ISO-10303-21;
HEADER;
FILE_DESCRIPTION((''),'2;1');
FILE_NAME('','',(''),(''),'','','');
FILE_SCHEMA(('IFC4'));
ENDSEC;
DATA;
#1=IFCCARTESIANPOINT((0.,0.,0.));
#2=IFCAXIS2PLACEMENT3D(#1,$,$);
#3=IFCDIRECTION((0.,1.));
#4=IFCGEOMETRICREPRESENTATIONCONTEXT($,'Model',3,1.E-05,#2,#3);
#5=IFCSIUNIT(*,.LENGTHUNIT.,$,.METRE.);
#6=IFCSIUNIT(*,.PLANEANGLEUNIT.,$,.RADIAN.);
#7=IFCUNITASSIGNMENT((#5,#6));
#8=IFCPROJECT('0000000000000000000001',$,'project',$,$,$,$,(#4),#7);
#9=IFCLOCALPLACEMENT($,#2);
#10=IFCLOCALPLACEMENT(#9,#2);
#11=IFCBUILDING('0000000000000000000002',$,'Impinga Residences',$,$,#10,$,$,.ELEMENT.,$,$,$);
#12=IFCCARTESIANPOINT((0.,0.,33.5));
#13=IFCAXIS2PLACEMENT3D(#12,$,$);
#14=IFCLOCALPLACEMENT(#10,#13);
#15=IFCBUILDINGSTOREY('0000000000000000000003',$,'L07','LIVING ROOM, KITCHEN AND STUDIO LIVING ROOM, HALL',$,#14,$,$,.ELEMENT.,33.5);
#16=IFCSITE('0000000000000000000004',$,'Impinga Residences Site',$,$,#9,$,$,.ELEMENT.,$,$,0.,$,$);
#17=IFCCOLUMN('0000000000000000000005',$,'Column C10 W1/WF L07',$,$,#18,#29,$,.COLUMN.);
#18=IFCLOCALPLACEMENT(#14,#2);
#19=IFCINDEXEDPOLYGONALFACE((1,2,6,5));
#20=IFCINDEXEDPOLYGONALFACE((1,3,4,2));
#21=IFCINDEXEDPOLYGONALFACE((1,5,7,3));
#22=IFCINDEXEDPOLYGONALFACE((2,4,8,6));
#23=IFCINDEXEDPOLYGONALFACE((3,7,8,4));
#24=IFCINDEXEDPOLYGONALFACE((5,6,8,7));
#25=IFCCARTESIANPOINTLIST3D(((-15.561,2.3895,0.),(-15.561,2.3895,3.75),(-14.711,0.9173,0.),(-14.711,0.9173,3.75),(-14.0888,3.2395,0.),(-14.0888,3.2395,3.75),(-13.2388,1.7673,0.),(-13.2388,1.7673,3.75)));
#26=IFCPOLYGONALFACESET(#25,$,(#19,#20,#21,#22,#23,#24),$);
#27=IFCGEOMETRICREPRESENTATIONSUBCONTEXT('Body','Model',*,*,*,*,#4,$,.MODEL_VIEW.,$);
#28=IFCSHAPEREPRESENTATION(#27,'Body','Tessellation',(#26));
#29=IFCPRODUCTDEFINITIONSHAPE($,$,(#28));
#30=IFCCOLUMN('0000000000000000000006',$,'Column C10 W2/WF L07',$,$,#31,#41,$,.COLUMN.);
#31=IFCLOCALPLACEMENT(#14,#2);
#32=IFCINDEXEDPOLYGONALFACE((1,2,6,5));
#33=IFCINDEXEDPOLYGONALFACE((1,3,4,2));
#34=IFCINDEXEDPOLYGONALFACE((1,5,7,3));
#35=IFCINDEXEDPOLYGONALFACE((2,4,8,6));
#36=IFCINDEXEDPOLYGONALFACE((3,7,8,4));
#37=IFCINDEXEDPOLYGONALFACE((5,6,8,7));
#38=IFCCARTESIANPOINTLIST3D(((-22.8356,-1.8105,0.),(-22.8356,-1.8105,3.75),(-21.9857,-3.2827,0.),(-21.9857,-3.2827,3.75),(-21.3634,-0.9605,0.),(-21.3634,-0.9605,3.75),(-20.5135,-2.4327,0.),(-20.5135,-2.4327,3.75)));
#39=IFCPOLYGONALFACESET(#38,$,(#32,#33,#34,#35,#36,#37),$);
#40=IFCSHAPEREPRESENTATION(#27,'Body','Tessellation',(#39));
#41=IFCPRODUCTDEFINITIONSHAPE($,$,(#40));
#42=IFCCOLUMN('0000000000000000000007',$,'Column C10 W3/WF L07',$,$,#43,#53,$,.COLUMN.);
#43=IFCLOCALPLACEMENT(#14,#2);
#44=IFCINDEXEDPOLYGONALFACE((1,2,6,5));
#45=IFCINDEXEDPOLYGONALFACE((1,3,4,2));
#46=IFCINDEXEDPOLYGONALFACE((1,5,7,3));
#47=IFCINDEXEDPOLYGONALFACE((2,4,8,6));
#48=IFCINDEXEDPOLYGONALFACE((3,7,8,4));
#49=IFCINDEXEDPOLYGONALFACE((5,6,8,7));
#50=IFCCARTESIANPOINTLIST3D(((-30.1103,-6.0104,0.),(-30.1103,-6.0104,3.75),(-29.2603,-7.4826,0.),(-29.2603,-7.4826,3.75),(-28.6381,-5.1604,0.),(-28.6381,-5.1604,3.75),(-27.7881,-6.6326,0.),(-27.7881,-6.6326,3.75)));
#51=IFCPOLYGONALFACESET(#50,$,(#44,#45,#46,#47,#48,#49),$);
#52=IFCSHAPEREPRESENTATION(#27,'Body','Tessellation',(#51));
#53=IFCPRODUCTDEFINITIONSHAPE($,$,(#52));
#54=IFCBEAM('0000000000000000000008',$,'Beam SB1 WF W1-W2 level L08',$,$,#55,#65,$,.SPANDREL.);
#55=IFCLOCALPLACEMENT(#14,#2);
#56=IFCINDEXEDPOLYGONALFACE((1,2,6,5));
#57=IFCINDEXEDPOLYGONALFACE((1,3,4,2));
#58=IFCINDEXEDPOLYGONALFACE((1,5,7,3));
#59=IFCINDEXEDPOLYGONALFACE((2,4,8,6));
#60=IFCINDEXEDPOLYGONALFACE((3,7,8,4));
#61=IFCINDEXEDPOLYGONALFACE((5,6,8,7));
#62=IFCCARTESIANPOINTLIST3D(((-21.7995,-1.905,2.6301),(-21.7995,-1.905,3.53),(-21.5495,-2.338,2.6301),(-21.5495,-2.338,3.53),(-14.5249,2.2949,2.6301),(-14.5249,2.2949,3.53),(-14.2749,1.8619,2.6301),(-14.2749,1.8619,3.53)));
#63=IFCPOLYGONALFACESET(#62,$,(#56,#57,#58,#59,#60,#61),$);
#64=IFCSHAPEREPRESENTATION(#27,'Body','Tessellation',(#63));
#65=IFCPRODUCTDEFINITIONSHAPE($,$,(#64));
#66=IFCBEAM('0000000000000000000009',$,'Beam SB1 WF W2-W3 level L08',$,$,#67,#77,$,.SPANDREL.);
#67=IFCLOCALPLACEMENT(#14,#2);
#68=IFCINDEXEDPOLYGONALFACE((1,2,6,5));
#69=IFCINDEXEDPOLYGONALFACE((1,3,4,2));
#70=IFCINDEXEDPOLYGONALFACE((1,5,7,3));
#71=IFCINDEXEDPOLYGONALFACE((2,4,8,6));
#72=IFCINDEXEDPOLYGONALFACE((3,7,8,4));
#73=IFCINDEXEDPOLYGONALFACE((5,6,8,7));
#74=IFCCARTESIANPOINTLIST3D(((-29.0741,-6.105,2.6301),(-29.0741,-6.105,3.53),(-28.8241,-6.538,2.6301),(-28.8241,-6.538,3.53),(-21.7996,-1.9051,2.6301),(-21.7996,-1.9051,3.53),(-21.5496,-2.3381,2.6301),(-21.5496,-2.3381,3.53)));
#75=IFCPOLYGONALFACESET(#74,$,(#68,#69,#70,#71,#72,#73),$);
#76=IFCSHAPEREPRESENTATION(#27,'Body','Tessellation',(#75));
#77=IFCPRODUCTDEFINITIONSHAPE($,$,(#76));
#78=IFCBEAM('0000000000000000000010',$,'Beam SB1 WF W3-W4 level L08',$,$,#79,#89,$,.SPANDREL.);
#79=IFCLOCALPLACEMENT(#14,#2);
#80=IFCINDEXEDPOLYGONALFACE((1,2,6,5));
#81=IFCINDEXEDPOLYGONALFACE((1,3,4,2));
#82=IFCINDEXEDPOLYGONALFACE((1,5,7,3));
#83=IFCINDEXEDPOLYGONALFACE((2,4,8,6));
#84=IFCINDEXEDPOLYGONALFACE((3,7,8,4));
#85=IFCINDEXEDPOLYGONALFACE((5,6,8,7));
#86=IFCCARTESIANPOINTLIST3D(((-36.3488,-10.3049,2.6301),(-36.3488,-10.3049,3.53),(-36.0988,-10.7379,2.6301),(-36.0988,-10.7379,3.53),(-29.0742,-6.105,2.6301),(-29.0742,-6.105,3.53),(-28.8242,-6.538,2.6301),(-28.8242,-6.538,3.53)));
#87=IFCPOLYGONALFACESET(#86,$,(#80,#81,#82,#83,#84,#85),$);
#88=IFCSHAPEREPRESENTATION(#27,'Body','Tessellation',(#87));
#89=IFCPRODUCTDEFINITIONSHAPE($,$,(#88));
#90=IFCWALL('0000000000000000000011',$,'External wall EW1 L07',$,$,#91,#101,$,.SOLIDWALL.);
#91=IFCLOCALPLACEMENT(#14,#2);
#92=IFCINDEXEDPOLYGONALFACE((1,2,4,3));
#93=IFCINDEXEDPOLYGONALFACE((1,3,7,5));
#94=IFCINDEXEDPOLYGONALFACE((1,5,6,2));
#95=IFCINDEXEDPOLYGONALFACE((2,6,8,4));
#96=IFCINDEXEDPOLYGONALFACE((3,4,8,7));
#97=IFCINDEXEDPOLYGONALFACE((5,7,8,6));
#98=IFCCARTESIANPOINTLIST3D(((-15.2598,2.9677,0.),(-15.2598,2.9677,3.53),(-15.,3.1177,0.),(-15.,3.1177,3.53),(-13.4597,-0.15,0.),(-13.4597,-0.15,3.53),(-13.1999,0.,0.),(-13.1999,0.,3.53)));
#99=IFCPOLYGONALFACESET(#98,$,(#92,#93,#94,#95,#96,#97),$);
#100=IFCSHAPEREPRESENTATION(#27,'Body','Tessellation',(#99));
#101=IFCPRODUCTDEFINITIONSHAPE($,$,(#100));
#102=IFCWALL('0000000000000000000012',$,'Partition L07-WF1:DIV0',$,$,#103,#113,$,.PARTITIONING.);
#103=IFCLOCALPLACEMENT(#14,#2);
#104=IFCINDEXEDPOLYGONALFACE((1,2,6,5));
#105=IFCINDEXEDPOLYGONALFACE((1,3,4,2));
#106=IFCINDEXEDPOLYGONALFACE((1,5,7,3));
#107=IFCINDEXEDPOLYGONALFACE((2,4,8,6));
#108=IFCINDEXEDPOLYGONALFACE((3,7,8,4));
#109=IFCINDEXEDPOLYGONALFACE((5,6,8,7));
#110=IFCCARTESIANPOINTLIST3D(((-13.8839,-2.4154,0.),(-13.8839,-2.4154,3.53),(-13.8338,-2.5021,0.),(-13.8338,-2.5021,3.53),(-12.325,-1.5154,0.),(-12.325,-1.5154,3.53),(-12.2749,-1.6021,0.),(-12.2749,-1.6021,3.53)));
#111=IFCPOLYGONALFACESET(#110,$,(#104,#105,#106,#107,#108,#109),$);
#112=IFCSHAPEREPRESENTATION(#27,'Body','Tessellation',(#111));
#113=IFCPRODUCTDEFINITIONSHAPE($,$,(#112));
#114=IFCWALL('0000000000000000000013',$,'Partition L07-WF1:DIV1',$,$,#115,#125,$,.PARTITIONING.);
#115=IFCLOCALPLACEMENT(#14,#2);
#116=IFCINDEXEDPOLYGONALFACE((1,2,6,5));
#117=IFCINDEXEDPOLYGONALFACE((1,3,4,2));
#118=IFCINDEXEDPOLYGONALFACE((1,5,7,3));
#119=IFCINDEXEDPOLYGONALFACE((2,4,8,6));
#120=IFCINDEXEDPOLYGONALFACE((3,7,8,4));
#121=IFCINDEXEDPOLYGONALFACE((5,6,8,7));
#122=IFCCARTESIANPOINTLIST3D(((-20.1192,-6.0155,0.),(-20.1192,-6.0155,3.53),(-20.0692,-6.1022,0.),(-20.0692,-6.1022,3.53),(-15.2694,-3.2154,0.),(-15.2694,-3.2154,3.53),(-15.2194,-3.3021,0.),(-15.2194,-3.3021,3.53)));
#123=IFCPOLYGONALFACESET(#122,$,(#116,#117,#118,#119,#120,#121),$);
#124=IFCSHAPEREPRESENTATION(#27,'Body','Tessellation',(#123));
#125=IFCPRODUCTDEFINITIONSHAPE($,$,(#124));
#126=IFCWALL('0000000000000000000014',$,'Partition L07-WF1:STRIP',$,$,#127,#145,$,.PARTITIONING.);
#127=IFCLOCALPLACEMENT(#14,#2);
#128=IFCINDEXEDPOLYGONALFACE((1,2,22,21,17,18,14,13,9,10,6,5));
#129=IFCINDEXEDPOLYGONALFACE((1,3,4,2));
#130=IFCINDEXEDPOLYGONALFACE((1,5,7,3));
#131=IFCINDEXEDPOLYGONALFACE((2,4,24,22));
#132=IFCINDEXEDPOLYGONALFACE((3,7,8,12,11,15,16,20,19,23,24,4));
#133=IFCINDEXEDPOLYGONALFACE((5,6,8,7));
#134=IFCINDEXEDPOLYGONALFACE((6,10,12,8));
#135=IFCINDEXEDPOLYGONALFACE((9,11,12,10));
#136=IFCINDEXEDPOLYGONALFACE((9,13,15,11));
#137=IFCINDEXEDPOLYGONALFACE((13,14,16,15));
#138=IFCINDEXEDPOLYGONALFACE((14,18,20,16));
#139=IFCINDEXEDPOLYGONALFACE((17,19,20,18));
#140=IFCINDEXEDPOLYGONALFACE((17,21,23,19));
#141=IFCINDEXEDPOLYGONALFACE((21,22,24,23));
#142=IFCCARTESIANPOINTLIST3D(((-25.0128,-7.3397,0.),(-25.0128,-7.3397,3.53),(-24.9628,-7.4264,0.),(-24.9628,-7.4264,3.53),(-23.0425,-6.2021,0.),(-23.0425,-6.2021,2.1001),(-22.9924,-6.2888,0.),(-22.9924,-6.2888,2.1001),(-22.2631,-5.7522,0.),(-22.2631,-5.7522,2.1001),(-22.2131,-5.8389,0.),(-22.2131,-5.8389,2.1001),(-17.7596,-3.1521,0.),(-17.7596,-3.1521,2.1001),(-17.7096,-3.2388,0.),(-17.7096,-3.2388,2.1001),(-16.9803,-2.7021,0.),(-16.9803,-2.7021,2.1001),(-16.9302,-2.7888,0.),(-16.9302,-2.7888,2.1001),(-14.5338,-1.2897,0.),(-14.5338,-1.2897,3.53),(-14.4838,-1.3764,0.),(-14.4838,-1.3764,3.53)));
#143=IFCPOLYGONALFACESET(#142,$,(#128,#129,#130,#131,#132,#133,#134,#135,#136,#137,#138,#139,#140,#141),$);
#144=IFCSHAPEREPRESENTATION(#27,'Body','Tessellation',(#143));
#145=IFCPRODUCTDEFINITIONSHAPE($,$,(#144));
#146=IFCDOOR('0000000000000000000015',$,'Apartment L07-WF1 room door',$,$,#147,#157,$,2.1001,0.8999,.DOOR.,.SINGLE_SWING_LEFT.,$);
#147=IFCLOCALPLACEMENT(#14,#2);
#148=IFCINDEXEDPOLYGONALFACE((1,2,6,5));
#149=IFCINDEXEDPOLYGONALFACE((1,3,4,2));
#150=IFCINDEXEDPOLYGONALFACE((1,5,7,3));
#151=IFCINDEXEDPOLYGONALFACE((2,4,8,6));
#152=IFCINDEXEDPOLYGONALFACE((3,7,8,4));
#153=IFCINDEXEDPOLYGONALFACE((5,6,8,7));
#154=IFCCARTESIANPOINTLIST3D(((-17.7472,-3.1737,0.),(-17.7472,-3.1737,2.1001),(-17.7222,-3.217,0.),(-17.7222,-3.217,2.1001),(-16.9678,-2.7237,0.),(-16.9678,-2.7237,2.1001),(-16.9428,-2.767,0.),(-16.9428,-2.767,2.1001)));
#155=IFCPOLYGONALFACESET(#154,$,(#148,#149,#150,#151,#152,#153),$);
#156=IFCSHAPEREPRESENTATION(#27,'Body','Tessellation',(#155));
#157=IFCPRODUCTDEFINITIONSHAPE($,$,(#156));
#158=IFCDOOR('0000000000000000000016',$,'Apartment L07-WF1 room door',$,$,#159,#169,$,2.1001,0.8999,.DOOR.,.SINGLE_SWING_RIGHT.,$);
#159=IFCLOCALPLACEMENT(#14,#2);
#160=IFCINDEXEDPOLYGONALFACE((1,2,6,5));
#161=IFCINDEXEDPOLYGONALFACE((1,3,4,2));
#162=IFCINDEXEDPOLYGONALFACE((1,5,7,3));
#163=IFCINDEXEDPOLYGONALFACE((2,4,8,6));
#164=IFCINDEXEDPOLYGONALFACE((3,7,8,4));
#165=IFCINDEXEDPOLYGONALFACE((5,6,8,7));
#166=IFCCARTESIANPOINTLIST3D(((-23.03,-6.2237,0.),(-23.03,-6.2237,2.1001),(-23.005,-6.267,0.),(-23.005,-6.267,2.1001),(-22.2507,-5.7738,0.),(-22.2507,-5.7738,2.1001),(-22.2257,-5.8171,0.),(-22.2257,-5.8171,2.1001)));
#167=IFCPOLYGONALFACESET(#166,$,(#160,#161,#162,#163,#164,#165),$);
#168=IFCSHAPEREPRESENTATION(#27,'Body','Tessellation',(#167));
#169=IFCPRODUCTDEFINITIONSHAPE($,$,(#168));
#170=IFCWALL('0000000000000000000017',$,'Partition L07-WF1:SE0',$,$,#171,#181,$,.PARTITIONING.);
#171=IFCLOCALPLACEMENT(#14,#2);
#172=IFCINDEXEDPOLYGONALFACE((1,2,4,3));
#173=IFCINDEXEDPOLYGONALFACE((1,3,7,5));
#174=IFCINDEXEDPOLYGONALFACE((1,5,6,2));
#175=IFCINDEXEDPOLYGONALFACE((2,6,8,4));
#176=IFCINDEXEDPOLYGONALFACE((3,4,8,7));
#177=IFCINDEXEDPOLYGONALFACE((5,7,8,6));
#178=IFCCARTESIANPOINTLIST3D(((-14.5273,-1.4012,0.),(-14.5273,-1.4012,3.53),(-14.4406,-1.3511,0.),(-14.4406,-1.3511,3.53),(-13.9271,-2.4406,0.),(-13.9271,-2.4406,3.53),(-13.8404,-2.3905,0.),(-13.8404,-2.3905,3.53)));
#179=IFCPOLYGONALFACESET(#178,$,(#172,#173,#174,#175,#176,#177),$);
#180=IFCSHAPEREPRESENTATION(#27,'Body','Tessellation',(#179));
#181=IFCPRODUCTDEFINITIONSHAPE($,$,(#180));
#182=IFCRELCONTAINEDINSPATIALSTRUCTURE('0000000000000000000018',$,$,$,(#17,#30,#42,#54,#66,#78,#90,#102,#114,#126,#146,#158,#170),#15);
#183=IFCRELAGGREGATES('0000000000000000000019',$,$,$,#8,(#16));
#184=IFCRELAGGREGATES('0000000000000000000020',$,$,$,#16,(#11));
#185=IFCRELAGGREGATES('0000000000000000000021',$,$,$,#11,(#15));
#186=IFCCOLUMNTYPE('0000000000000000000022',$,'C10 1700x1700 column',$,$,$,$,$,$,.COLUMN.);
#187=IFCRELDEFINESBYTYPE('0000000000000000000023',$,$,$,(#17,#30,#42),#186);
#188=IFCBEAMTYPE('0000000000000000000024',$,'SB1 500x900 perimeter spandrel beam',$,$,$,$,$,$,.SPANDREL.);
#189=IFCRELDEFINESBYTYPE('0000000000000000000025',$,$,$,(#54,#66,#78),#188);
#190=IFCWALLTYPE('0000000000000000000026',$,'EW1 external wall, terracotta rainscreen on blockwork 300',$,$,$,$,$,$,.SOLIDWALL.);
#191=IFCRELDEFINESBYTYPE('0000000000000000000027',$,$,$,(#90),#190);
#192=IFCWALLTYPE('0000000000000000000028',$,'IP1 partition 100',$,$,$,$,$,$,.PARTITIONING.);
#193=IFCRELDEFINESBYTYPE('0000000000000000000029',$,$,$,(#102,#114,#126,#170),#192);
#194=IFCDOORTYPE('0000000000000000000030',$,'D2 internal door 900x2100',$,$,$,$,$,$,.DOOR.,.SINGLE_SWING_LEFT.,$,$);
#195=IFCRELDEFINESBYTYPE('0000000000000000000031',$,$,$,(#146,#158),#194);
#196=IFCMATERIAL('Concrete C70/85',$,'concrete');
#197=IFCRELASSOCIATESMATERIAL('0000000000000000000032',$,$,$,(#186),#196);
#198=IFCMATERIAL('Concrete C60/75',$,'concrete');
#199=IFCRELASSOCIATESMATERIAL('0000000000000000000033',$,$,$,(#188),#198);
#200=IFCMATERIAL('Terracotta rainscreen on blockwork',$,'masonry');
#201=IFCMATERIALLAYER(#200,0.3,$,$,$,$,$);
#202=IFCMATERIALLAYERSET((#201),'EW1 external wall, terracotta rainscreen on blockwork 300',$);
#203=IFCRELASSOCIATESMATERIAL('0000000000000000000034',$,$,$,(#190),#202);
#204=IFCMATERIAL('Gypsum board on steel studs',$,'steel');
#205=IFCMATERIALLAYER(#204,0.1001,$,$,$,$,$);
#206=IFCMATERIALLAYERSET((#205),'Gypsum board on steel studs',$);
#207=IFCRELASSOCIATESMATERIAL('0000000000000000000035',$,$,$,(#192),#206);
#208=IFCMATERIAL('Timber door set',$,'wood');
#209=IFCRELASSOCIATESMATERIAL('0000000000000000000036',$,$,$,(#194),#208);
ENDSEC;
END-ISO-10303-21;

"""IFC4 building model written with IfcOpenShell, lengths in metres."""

from ifc_helpers import new_model, si_unit, direction, frame, frame_2d, origin, origin_2d, place, context, subcontext, project, spatial, rectangle, extrude, material, layer, layer_set, material_profile, profile_set, type_object, element, fill, save


model = new_model("IFC4")

# Units and contexts
model_context = context("Model", 3, precision=1e-05, world=origin(), true_north=direction((0.0, 1.0)))
body_context = subcontext(model_context, "Body", "Model", "MODEL_VIEW")
ifc_project = project(units=[si_unit("LENGTHUNIT", "METRE"), si_unit("PLANEANGLEUNIT", "RADIAN")], contexts=[model_context])

# Site, building, storey
site_placement = place(None, origin())
site = spatial("IfcSite", under=ifc_project, at=site_placement, Name="Impinga Residences Site", CompositionType="ELEMENT", RefElevation=0.0)
building_placement = place(site_placement, origin())
building = spatial("IfcBuilding", under=site, at=building_placement, Name="Impinga Residences", CompositionType="ELEMENT")
storey_placement = place(building_placement, frame((0.0, 0.0, 33.5)))
storey = spatial("IfcBuildingStorey", under=building, at=storey_placement, Name="L07", Description="LIVING ROOM, KITCHEN AND STUDIO LIVING ROOM, HALL", CompositionType="ELEMENT", Elevation=33.5)

# Columns
ifc_material_1 = material(Name="Concrete C70/85", Category="concrete")
ifc_material_profile_1 = material_profile(ifc_material_1, rectangle(XDim=1.7, YDim=1.7, at=origin_2d()), Name="RC 1700x1700")
ifc_profile_set_1 = profile_set([ifc_material_profile_1], Name="Concrete C70/85")
column_type = type_object("IfcColumnType", Name="C10 1700x1700 column", PredefinedType="COLUMN", material=ifc_profile_set_1)
for number, where, z_axis, x_axis, name in (
    (1, (-14.3999, 2.0784, 0.0), (0.0, 0.0, 1.0), (-0.5, 0.866025, 0.0), "Column C10 W1/WF L07"),
    (2, (-21.6746, -2.1216, 0.0), (0.0, 0.0, 1.0), (-0.5, 0.866025, 0.0), "Column C10 W2/WF L07"),
    (3, (-28.9492, -6.3215, 0.0), (0.0, 0.0, 1.0), (-0.5, 0.866025, 0.0), "Column C10 W3/WF L07"),
):
    element("IfcColumn", number, at=place(storey_placement, frame(where, z_axis=z_axis, x_axis=x_axis)), inside=storey, type_object=column_type, Name=name, PredefinedType="COLUMN", context=body_context, shape_type="SweptSolid", body=[
        extrude(rectangle(XDim=1.7, YDim=1.7, at=origin_2d()), origin(), (0.0, 0.0, 1.0), 3.75),
    ])

# Beams
ifc_material_2 = material(Name="Concrete C60/75", Category="concrete")
ifc_material_profile_2 = material_profile(ifc_material_2, rectangle(XDim=0.5, YDim=0.8999, at=origin_2d()), Name="RC 500x900")
ifc_profile_set_2 = profile_set([ifc_material_profile_2], Name="Concrete C60/75")
beam_type = type_object("IfcBeamType", Name="SB1 500x900 perimeter spandrel beam", PredefinedType="SPANDREL", material=ifc_profile_set_2)
for number, where, z_axis, x_axis, name in (
    (4, (-14.3999, 2.0784, 3.0801), (-0.866029, -0.499993, 0.0), (0.499993, -0.866029, 0.0), "Beam SB1 WF W1-W2 level L08"),
    (5, (-21.6746, -2.1216, 3.0801), (-0.866029, -0.499993, 0.0), (0.499993, -0.866029, 0.0), "Beam SB1 WF W2-W3 level L08"),
    (6, (-28.9492, -6.3215, 3.0801), (-0.866029, -0.499993, 0.0), (0.499993, -0.866029, 0.0), "Beam SB1 WF W3-W4 level L08"),
):
    element("IfcBeam", number, at=place(storey_placement, frame(where, z_axis=z_axis, x_axis=x_axis)), inside=storey, type_object=beam_type, Name=name, PredefinedType="SPANDREL", context=body_context, shape_type="SweptSolid", body=[
        extrude(rectangle(XDim=0.5, YDim=0.8999, at=origin_2d()), origin(), (0.0, 0.0, 1.0), 8.3999),
    ])

# Walls
ifc_material_3 = material(Name="Terracotta rainscreen on blockwork", Category="masonry")
ifc_layer_1 = layer(ifc_material_3, 0.3)
ifc_layer_set_1 = layer_set([ifc_layer_1], Name="EW1 external wall, terracotta rainscreen on blockwork 300")
wall_type_1 = type_object("IfcWallType", Name="EW1 external wall, terracotta rainscreen on blockwork 300", PredefinedType="SOLIDWALL", material=ifc_layer_set_1)
wall_1_placement = place(storey_placement, frame((-15.1299, 3.0427, 0.0), z_axis=(0.0, 0.0, 1.0), x_axis=(0.500012, -0.866018, 0.0)))
element("IfcWall", 7, at=wall_1_placement, inside=storey, type_object=wall_type_1, Name="External wall EW1 L07", PredefinedType="SOLIDWALL", context=body_context, shape_type="SweptSolid", body=[
    extrude(rectangle(XDim=3.6001, YDim=0.3, at=frame_2d((1.8, 0.0))), origin(), (0.0, 0.0, 1.0), 3.53),
])
ifc_material_4 = material(Name="Gypsum board on steel studs", Category="steel")
ifc_layer_2 = layer(ifc_material_4, 0.1001)
ifc_layer_set_2 = layer_set([ifc_layer_2], Name="Gypsum board on steel studs")
wall_type_2 = type_object("IfcWallType", Name="IP1 partition 100", PredefinedType="PARTITIONING", material=ifc_layer_set_2)
wall_2_placement = place(storey_placement, frame((-12.3, -1.5588, 0.0), z_axis=(0.0, 0.0, 1.0), x_axis=(-0.866048, -0.499961, 0.0)))
element("IfcWall", 8, at=wall_2_placement, inside=storey, type_object=wall_type_2, Name="Partition L07-WF1:DIV0", PredefinedType="PARTITIONING", context=body_context, shape_type="SweptSolid", body=[
    extrude(rectangle(XDim=1.8, YDim=0.1001, at=frame_2d((0.8999, 0.0))), origin(), (0.0, 0.0, 1.0), 3.53),
])
wall_3_placement = place(storey_placement, frame((-15.2444, -3.2588, 0.0), z_axis=(0.0, 0.0, 1.0), x_axis=(-0.866027, -0.499998, 0.0)))
element("IfcWall", 9, at=wall_3_placement, inside=storey, type_object=wall_type_2, Name="Partition L07-WF1:DIV1", PredefinedType="PARTITIONING", context=body_context, shape_type="SweptSolid", body=[
    extrude(rectangle(XDim=5.6001, YDim=0.1001, at=frame_2d((2.8, 0.0))), origin(), (0.0, 0.0, 1.0), 3.53),
])

# Wall, openings, doors
wall_4_placement = place(storey_placement, frame((-14.5088, -1.333, 0.0), z_axis=(0.0, 0.0, 1.0), x_axis=(-0.866026, -0.5, 0.0)))
wall_4 = element("IfcWall", 10, at=wall_4_placement, inside=storey, type_object=wall_type_2, Name="Partition L07-WF1:STRIP", PredefinedType="PARTITIONING", context=body_context, shape_type="SweptSolid", body=[
    extrude(rectangle(XDim=12.1001, YDim=0.1001, at=frame_2d((6.05, 0.0))), origin(), (0.0, 0.0, 1.0), 3.53),
])
opening_1_placement = place(wall_4_placement, frame((2.825, 0.0, 0.0)))
opening_1 = element("IfcOpeningElement", 11, at=opening_1_placement, cuts=wall_4, PredefinedType="OPENING", context=body_context, shape_type="SweptSolid", body=[
    extrude(rectangle(XDim=0.8999, YDim=2.1001, at=frame_2d((0.45, 1.05))), frame((0.0, 0.0601, 0.0), z_axis=(0.0, -1.0, 0.0), x_axis=(1.0, 0.0, 0.0)), (0.0, 0.0, 1.0), 0.1201),
])
opening_2_placement = place(wall_4_placement, frame((8.925, 0.0, 0.0)))
opening_2 = element("IfcOpeningElement", 12, at=opening_2_placement, cuts=wall_4, PredefinedType="OPENING", context=body_context, shape_type="SweptSolid", body=[
    extrude(rectangle(XDim=0.8999, YDim=2.1001, at=frame_2d((0.45, 1.05))), frame((0.0, 0.0601, 0.0), z_axis=(0.0, -1.0, 0.0), x_axis=(1.0, 0.0, 0.0)), (0.0, 0.0, 1.0), 0.1201),
])
ifc_material_5 = material(Name="Timber door set", Category="wood")
door_type = type_object("IfcDoorType", Name="D2 internal door 900x2100", OperationType="SINGLE_SWING_LEFT", PredefinedType="DOOR", material=ifc_material_5)
door_1_placement = place(opening_1_placement, origin())
door_1 = element("IfcDoor", 13, at=door_1_placement, inside=storey, type_object=door_type, Name="Apartment L07-WF1 room door", OperationType="SINGLE_SWING_LEFT", OverallHeight=2.1001, OverallWidth=0.8999, PredefinedType="DOOR", context=body_context, shape_type="SweptSolid", body=[
    extrude(rectangle(XDim=0.8999, YDim=2.1001, at=frame_2d((0.45, 1.05))), frame((0.0, 0.0249, 0.0), z_axis=(0.0, -1.0, 0.0), x_axis=(1.0, 0.0, 0.0)), (0.0, 0.0, 1.0), 0.05),
])
fill(opening_1, door_1)
door_2_placement = place(opening_2_placement, origin())
door_2 = element("IfcDoor", 14, at=door_2_placement, inside=storey, type_object=door_type, Name="Apartment L07-WF1 room door", OperationType="SINGLE_SWING_RIGHT", OverallHeight=2.1001, OverallWidth=0.8999, PredefinedType="DOOR", context=body_context, shape_type="SweptSolid", body=[
    extrude(rectangle(XDim=0.8999, YDim=2.1001, at=frame_2d((0.45, 1.05))), frame((0.0, 0.0249, 0.0), z_axis=(0.0, -1.0, 0.0), x_axis=(1.0, 0.0, 0.0)), (0.0, 0.0, 1.0), 0.05),
])
fill(opening_2, door_2)

# Wall
wall_5_placement = place(storey_placement, frame((-13.8838, -2.4155, 0.0), z_axis=(0.0, 0.0, 1.0), x_axis=(-0.500034, 0.866006, 0.0)))
element("IfcWall", 15, at=wall_5_placement, inside=storey, type_object=wall_type_2, Name="Partition L07-WF1:SE0", PredefinedType="PARTITIONING", context=body_context, shape_type="SweptSolid", body=[
    extrude(rectangle(XDim=1.2002, YDim=0.1001, at=frame_2d((0.6001, 0.0))), origin(), (0.0, 0.0, 1.0), 3.53),
])

save(model, "model.ifc")
